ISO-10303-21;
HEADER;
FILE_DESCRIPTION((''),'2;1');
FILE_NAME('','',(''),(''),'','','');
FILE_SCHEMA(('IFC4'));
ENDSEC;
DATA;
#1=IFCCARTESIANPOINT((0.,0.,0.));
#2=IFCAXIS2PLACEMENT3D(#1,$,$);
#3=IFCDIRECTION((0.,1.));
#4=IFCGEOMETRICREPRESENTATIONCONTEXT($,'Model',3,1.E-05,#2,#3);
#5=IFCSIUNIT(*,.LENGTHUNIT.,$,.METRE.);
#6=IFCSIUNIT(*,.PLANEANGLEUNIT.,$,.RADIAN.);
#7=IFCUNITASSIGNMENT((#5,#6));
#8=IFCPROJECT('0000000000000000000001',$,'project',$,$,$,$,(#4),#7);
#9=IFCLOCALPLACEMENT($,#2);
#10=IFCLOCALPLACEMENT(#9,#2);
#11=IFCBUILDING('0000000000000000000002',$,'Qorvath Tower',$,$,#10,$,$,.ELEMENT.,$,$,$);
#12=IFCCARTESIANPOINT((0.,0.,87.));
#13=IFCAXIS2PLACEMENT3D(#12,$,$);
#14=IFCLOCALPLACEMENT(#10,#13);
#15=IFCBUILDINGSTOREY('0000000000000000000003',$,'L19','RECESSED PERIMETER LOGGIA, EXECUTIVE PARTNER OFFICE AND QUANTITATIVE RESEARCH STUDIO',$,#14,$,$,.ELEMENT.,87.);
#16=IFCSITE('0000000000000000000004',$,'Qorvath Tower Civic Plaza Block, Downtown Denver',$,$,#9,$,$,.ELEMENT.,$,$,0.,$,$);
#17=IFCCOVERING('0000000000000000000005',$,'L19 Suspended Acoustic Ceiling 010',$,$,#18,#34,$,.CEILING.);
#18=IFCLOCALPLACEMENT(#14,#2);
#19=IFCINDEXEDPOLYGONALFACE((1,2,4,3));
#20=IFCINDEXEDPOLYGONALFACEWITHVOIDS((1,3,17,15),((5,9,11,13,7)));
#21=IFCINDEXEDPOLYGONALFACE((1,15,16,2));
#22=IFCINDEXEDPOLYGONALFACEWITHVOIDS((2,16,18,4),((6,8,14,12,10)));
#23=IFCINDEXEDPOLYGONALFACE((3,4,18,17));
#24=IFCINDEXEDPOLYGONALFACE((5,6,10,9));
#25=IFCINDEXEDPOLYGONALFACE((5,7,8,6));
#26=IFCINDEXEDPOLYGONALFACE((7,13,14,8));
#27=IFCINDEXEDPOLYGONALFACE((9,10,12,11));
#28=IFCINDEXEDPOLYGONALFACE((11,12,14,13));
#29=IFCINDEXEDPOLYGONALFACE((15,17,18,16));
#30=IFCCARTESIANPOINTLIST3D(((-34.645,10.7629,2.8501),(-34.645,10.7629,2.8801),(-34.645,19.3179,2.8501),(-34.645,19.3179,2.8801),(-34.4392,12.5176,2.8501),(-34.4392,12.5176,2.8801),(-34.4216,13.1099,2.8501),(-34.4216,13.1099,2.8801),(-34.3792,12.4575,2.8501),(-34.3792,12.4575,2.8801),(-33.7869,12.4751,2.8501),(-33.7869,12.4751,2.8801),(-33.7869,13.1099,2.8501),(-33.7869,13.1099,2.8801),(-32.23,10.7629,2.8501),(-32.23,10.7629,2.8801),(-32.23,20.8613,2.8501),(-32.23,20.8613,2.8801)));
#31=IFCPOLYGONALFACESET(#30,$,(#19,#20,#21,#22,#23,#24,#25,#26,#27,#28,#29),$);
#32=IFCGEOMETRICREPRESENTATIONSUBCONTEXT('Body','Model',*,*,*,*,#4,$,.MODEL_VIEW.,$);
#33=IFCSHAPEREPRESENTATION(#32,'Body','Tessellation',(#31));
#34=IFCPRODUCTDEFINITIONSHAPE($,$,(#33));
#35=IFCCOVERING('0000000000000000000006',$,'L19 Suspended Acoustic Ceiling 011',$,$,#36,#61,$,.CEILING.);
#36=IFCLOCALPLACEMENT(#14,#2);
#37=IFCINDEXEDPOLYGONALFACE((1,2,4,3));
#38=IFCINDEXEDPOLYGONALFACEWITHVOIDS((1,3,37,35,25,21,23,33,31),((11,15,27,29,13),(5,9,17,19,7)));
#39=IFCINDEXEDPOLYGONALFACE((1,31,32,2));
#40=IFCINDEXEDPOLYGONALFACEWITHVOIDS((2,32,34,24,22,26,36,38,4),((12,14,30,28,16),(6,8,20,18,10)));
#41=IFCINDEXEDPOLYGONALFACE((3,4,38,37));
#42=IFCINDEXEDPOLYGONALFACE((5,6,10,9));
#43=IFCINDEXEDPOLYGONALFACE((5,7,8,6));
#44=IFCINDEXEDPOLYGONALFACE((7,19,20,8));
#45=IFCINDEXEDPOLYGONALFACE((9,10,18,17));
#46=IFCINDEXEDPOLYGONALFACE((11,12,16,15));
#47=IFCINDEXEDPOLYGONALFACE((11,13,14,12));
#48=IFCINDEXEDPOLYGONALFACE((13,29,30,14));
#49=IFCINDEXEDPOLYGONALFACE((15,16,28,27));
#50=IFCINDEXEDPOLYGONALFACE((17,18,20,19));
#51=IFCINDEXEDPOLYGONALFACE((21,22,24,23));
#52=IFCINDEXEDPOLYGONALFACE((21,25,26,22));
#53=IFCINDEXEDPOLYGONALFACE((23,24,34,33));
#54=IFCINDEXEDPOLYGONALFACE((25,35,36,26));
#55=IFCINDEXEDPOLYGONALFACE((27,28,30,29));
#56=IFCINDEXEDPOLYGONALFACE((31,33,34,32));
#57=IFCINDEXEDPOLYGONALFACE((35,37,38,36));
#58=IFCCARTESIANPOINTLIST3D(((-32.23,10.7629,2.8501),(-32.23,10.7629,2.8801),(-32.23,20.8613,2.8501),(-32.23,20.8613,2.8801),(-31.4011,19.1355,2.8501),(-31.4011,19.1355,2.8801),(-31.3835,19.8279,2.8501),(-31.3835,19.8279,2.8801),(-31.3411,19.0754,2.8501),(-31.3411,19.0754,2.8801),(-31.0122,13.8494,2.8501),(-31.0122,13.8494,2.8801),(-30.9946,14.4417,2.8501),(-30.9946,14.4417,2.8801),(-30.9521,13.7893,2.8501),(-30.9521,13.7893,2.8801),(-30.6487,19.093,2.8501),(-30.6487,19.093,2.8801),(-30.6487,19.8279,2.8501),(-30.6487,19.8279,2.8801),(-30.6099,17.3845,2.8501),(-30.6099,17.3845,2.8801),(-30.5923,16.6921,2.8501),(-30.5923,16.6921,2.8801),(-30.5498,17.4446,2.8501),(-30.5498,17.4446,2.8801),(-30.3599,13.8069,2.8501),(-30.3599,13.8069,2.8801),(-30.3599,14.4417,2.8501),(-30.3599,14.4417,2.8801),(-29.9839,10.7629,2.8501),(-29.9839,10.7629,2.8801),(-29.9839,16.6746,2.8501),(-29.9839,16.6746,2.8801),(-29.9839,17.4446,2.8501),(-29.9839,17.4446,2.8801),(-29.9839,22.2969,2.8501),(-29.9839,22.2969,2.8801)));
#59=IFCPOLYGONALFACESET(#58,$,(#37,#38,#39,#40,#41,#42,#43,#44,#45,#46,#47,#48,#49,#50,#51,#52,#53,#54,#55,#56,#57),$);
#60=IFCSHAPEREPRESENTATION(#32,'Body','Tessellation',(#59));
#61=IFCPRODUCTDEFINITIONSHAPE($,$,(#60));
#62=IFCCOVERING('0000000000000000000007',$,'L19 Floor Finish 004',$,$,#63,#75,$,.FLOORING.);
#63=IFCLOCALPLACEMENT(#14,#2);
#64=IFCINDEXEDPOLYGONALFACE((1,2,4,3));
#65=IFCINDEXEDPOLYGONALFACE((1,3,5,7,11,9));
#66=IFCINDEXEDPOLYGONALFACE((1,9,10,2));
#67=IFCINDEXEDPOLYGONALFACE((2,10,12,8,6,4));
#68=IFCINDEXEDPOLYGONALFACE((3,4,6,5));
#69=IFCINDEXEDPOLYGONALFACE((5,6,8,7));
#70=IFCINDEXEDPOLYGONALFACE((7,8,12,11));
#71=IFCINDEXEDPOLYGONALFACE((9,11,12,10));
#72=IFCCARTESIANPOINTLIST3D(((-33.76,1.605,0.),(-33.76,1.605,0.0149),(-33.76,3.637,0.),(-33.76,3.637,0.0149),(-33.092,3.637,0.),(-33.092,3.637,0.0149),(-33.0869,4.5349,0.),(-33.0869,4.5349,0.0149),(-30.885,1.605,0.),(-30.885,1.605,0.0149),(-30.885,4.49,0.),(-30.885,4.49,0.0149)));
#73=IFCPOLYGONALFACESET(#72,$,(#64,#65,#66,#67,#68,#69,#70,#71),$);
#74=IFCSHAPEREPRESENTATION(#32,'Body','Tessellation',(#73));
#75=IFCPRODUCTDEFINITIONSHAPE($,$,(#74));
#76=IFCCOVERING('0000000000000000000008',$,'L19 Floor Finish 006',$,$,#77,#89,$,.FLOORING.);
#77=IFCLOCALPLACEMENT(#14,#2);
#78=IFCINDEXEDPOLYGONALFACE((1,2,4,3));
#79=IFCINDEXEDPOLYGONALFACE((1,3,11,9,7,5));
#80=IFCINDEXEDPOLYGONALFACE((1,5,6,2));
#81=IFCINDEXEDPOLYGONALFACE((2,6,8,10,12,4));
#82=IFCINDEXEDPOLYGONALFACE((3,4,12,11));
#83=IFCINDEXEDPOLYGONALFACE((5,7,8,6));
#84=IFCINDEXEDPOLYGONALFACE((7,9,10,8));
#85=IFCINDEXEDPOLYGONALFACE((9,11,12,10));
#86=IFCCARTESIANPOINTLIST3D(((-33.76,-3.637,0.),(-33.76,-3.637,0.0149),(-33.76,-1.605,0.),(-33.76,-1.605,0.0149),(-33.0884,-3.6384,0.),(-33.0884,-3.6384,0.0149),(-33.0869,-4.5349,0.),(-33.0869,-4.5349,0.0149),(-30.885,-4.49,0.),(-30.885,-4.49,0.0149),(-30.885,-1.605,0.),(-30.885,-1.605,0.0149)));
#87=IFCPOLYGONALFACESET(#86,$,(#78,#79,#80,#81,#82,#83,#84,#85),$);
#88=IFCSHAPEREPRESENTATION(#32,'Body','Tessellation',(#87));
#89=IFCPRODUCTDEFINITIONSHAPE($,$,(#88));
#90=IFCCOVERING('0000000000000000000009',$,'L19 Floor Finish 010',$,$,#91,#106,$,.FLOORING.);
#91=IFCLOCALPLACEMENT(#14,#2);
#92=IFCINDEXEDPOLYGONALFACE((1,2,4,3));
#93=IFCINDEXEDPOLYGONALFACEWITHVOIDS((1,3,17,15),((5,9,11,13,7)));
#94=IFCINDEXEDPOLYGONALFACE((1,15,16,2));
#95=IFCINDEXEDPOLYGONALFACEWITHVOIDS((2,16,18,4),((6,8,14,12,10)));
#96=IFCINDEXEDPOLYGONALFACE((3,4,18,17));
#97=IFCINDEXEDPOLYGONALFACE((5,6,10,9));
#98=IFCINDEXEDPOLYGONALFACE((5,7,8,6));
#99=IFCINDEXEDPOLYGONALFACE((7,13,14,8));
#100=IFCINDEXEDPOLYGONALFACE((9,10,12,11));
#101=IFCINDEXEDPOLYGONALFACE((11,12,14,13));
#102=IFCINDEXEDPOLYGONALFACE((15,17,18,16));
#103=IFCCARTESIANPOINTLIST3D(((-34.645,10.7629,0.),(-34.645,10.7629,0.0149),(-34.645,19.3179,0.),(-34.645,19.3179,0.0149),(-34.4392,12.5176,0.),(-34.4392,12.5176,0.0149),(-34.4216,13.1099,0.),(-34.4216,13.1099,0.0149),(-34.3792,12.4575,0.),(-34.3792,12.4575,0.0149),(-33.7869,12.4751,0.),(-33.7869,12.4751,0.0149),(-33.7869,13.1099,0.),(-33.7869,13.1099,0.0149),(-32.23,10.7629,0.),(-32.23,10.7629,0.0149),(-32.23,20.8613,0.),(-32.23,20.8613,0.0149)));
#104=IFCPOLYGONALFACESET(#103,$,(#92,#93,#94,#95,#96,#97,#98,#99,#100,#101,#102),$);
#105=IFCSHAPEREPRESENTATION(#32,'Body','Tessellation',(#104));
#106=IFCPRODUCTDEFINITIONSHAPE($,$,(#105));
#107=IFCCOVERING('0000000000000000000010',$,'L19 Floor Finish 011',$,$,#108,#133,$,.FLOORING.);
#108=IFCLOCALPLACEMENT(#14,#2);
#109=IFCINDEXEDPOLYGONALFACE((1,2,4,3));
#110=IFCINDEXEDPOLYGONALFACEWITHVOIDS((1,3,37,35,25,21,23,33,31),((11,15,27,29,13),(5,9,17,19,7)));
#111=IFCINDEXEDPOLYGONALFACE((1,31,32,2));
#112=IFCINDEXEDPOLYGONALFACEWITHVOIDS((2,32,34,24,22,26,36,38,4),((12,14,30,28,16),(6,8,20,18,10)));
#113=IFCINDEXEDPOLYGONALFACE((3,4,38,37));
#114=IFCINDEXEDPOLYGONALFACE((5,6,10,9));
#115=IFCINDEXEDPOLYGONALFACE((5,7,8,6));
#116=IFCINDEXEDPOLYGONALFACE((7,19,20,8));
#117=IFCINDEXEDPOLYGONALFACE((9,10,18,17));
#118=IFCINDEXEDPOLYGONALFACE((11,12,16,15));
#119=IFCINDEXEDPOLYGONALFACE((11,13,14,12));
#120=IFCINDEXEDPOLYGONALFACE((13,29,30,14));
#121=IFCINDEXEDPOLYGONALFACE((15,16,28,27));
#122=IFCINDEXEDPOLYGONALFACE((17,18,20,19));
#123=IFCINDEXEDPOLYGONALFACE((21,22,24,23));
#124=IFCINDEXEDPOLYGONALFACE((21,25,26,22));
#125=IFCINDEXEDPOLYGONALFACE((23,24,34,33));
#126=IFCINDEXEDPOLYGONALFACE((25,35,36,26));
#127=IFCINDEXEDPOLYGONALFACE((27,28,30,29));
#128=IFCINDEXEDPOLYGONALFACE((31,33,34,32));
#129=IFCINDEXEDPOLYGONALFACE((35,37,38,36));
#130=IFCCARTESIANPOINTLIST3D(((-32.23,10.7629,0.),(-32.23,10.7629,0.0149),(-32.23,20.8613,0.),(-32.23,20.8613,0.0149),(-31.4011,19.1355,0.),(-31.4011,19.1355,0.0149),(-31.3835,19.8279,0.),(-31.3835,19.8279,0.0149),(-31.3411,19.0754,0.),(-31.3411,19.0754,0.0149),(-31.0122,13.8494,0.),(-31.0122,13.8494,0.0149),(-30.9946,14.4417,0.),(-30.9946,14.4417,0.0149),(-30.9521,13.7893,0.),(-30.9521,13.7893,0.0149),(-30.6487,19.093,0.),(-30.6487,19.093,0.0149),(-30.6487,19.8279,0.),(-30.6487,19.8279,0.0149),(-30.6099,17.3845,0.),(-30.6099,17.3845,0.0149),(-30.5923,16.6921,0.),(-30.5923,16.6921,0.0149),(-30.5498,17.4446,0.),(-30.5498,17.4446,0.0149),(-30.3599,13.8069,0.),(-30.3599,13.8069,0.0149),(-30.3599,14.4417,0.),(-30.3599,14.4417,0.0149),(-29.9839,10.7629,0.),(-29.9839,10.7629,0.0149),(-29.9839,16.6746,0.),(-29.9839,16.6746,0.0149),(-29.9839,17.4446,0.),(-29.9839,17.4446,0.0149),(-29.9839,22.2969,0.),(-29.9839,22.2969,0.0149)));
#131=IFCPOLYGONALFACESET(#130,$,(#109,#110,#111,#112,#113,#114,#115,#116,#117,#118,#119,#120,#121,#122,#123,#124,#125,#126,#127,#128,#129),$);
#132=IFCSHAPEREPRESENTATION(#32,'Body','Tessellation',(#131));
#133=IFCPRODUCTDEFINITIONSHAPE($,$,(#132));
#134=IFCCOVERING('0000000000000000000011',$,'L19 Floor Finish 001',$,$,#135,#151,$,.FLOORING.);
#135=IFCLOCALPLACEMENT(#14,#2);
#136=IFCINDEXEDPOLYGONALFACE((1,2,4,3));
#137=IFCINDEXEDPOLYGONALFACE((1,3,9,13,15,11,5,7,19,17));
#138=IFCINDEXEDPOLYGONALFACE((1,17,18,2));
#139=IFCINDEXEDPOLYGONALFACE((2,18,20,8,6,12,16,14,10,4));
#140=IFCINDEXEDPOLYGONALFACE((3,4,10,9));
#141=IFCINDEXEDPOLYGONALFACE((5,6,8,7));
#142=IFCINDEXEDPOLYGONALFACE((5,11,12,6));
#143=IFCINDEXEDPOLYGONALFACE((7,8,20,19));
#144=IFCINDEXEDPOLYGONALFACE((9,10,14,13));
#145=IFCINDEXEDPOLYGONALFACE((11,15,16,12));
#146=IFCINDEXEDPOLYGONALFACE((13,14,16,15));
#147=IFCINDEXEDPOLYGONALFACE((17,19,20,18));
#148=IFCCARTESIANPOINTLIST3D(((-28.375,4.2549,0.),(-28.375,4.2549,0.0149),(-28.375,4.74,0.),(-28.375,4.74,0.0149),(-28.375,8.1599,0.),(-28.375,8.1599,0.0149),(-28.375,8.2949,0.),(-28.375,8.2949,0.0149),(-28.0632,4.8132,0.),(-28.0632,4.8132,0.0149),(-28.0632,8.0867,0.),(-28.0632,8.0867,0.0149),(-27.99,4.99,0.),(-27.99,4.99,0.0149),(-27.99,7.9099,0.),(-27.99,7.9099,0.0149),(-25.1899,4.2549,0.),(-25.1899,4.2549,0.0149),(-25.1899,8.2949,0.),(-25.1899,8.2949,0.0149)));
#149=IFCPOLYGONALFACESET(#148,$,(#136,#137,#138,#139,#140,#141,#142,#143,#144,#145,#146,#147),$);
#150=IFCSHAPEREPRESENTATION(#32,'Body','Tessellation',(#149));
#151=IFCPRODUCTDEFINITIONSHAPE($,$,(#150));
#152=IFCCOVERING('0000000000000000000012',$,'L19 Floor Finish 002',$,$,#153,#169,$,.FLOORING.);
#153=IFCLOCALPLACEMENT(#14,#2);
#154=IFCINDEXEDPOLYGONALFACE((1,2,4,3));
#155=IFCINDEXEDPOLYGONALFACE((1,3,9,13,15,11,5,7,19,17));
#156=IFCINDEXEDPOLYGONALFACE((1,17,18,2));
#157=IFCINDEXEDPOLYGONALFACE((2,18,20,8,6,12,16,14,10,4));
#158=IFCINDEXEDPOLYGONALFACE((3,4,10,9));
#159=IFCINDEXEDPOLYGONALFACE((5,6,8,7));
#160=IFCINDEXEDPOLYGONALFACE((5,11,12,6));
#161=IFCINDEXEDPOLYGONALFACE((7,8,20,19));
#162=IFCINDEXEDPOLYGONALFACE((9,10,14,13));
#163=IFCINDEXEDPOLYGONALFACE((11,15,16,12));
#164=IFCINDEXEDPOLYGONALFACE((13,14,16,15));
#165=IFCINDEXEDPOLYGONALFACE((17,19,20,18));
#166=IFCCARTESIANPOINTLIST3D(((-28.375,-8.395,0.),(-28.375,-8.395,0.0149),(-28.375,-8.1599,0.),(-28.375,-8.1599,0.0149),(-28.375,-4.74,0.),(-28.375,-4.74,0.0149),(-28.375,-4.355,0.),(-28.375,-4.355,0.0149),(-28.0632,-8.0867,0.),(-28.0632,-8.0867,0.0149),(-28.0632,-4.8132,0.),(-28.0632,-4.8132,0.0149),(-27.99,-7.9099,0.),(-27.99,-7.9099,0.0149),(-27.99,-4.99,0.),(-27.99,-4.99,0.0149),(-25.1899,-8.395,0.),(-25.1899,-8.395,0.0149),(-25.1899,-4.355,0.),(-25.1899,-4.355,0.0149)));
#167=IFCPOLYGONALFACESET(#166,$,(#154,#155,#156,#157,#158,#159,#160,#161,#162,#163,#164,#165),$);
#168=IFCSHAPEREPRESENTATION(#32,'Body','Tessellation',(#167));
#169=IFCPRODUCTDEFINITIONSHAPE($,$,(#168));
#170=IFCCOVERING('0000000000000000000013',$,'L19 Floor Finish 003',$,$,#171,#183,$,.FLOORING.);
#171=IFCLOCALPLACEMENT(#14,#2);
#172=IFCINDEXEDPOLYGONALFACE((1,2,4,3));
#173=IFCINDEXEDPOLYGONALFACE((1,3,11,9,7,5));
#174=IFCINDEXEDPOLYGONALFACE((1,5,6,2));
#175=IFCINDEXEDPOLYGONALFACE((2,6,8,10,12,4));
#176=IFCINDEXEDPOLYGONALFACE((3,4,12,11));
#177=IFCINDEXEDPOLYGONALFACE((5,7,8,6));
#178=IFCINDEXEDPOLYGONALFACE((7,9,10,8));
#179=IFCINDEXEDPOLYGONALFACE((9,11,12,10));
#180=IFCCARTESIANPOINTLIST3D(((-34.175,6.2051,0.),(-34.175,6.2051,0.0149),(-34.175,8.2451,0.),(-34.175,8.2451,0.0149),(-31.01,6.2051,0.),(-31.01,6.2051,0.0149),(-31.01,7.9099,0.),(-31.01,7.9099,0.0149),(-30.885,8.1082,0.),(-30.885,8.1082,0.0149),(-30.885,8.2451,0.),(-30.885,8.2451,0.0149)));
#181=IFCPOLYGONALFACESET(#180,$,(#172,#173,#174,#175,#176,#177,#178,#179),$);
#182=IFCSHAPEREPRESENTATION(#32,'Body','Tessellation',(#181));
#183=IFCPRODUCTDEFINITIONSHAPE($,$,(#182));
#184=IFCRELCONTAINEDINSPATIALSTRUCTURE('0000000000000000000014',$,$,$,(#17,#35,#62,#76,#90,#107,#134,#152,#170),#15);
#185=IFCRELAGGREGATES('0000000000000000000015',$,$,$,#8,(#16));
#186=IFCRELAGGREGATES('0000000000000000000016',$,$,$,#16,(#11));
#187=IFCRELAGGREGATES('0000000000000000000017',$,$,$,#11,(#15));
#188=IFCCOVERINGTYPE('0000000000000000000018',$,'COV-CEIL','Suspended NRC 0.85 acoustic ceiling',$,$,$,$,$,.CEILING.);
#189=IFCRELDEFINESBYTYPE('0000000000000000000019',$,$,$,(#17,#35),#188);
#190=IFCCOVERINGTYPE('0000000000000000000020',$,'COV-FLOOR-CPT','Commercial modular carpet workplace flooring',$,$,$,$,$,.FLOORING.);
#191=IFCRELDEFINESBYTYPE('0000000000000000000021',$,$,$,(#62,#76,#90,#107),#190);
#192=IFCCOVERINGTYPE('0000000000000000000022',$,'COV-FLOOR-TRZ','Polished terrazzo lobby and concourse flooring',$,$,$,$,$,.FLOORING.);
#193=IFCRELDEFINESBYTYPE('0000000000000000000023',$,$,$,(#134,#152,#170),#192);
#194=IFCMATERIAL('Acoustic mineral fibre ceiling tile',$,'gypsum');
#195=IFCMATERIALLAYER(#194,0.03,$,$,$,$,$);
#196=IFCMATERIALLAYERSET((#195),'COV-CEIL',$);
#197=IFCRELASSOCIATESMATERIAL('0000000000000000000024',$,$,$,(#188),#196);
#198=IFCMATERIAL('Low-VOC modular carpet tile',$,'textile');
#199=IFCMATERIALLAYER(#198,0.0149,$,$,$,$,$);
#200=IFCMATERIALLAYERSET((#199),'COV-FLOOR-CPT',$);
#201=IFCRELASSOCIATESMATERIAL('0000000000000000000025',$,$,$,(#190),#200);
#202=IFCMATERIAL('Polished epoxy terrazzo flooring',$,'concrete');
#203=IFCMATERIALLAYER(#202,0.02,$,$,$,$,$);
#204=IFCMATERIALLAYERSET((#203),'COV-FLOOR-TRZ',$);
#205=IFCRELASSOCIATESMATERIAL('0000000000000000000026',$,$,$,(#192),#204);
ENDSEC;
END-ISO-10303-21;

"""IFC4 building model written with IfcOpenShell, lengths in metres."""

from ifc_helpers import new_model, si_unit, direction, frame, origin, place, context, subcontext, project, spatial, polyline, outline, extrude, material, layer, layer_set, type_object, element, save


model = new_model("IFC4")

# Units and contexts
model_context = context("Model", 3, precision=1e-05, world=origin(), true_north=direction((0.0, 1.0)))
body_context = subcontext(model_context, "Body", "Model", "MODEL_VIEW")
ifc_project = project(units=[si_unit("LENGTHUNIT", "METRE"), si_unit("PLANEANGLEUNIT", "RADIAN")], contexts=[model_context])

# Site, building, storey
site_placement = place(None, origin())
site = spatial("IfcSite", under=ifc_project, at=site_placement, Name="Qorvath Tower Civic Plaza Block, Downtown Denver", CompositionType="ELEMENT", RefElevation=0.0)
building_placement = place(site_placement, origin())
building = spatial("IfcBuilding", under=site, at=building_placement, Name="Qorvath Tower", CompositionType="ELEMENT")
storey_placement = place(building_placement, frame((0.0, 0.0, 87.0)))
storey = spatial("IfcBuildingStorey", under=building, at=storey_placement, Name="L19", Description="RECESSED PERIMETER LOGGIA, EXECUTIVE PARTNER OFFICE AND QUANTITATIVE RESEARCH STUDIO", CompositionType="ELEMENT", Elevation=87.0)

# Coverings
ifc_material_1 = material(Name="Acoustic mineral fibre ceiling tile", Category="gypsum")
ifc_layer_1 = layer(ifc_material_1, 0.03)
ifc_layer_set_1 = layer_set([ifc_layer_1], Name="COV-CEIL")
covering_type_1 = type_object("IfcCoveringType", Name="COV-CEIL", Description="Suspended NRC 0.85 acoustic ceiling", PredefinedType="CEILING", material=ifc_layer_set_1)
covering_1_placement = place(storey_placement, frame((0.0, 0.0, 2.8501)))
element("IfcCovering", 1, at=covering_1_placement, inside=storey, type_object=covering_type_1, Name="L19 Suspended Acoustic Ceiling 010", PredefinedType="CEILING", context=body_context, shape_type="SweptSolid", body=[
    extrude(outline(polyline([(-32.23, 10.7629), (-32.23, 20.8613), (-34.645, 19.3179), (-34.645, 10.7629), (-32.23, 10.7629)]), holes=[polyline([(-34.4392, 12.5176), (-34.4216, 13.1099), (-33.7869, 13.1099), (-33.7869, 12.4751), (-34.3792, 12.4575), (-34.4392, 12.5176)])]), origin(), (0.0, 0.0, 1.0), 0.03),
])
covering_2_placement = place(storey_placement, frame((0.0, 0.0, 2.8501)))
element("IfcCovering", 2, at=covering_2_placement, inside=storey, type_object=covering_type_1, Name="L19 Suspended Acoustic Ceiling 011", PredefinedType="CEILING", context=body_context, shape_type="SweptSolid", body=[
    extrude(outline(polyline([(-29.9839, 17.4446), (-29.9839, 22.2969), (-32.23, 20.8613), (-32.23, 10.7629), (-29.9839, 10.7629), (-29.9839, 16.6746), (-30.5923, 16.6921), (-30.6099, 17.3845), (-30.5498, 17.4446), (-29.9839, 17.4446)]), holes=[polyline([(-31.0122, 13.8494), (-30.9946, 14.4417), (-30.3599, 14.4417), (-30.3599, 13.8069), (-30.9521, 13.7893), (-31.0122, 13.8494)]), polyline([(-31.4011, 19.1355), (-31.3835, 19.8279), (-30.6487, 19.8279), (-30.6487, 19.093), (-31.3411, 19.0754), (-31.4011, 19.1355)])]), origin(), (0.0, 0.0, 1.0), 0.03),
])
ifc_material_2 = material(Name="Low-VOC modular carpet tile", Category="textile")
ifc_layer_2 = layer(ifc_material_2, 0.0149)
ifc_layer_set_2 = layer_set([ifc_layer_2], Name="COV-FLOOR-CPT")
covering_type_2 = type_object("IfcCoveringType", Name="COV-FLOOR-CPT", Description="Commercial modular carpet workplace flooring", PredefinedType="FLOORING", material=ifc_layer_set_2)
covering_3_placement = place(storey_placement, origin())
element("IfcCovering", 3, at=covering_3_placement, inside=storey, type_object=covering_type_2, Name="L19 Floor Finish 004", PredefinedType="FLOORING", context=body_context, shape_type="SweptSolid", body=[
    extrude(outline(polyline([(-33.76, 3.637), (-33.76, 1.605), (-30.885, 1.605), (-30.885, 4.49), (-33.0869, 4.5349), (-33.092, 3.637), (-33.76, 3.637)])), origin(), (0.0, 0.0, 1.0), 0.0149),
])
covering_4_placement = place(storey_placement, origin())
element("IfcCovering", 4, at=covering_4_placement, inside=storey, type_object=covering_type_2, Name="L19 Floor Finish 006", PredefinedType="FLOORING", context=body_context, shape_type="SweptSolid", body=[
    extrude(outline(polyline([(-30.885, -1.605), (-33.76, -1.605), (-33.76, -3.637), (-33.0884, -3.6384), (-33.0869, -4.5349), (-30.885, -4.49), (-30.885, -1.605)])), origin(), (0.0, 0.0, 1.0), 0.0149),
])
covering_5_placement = place(storey_placement, origin())
element("IfcCovering", 5, at=covering_5_placement, inside=storey, type_object=covering_type_2, Name="L19 Floor Finish 010", PredefinedType="FLOORING", context=body_context, shape_type="SweptSolid", body=[
    extrude(outline(polyline([(-32.23, 10.7629), (-32.23, 20.8613), (-34.645, 19.3179), (-34.645, 10.7629), (-32.23, 10.7629)]), holes=[polyline([(-34.4392, 12.5176), (-34.4216, 13.1099), (-33.7869, 13.1099), (-33.7869, 12.4751), (-34.3792, 12.4575), (-34.4392, 12.5176)])]), origin(), (0.0, 0.0, 1.0), 0.0149),
])
covering_6_placement = place(storey_placement, origin())
element("IfcCovering", 6, at=covering_6_placement, inside=storey, type_object=covering_type_2, Name="L19 Floor Finish 011", PredefinedType="FLOORING", context=body_context, shape_type="SweptSolid", body=[
    extrude(outline(polyline([(-29.9839, 17.4446), (-29.9839, 22.2969), (-32.23, 20.8613), (-32.23, 10.7629), (-29.9839, 10.7629), (-29.9839, 16.6746), (-30.5923, 16.6921), (-30.6099, 17.3845), (-30.5498, 17.4446), (-29.9839, 17.4446)]), holes=[polyline([(-31.0122, 13.8494), (-30.9946, 14.4417), (-30.3599, 14.4417), (-30.3599, 13.8069), (-30.9521, 13.7893), (-31.0122, 13.8494)]), polyline([(-31.4011, 19.1355), (-31.3835, 19.8279), (-30.6487, 19.8279), (-30.6487, 19.093), (-31.3411, 19.0754), (-31.4011, 19.1355)])]), origin(), (0.0, 0.0, 1.0), 0.0149),
])
ifc_material_3 = material(Name="Polished epoxy terrazzo flooring", Category="concrete")
ifc_layer_3 = layer(ifc_material_3, 0.02)
ifc_layer_set_3 = layer_set([ifc_layer_3], Name="COV-FLOOR-TRZ")
covering_type_3 = type_object("IfcCoveringType", Name="COV-FLOOR-TRZ", Description="Polished terrazzo lobby and concourse flooring", PredefinedType="FLOORING", material=ifc_layer_set_3)
covering_7_placement = place(storey_placement, origin())
element("IfcCovering", 7, at=covering_7_placement, inside=storey, type_object=covering_type_3, Name="L19 Floor Finish 001", PredefinedType="FLOORING", context=body_context, shape_type="SweptSolid", body=[
    extrude(outline(polyline([(-25.1899, 4.2549), (-25.1899, 8.2949), (-28.375, 8.2949), (-28.375, 8.1599), (-28.0632, 8.0867), (-27.99, 7.9099), (-27.99, 4.99), (-28.0632, 4.8132), (-28.375, 4.74), (-28.375, 4.2549), (-25.1899, 4.2549)])), origin(), (0.0, 0.0, 1.0), 0.0149),
])
covering_8_placement = place(storey_placement, origin())
element("IfcCovering", 8, at=covering_8_placement, inside=storey, type_object=covering_type_3, Name="L19 Floor Finish 002", PredefinedType="FLOORING", context=body_context, shape_type="SweptSolid", body=[
    extrude(outline(polyline([(-25.1899, -8.395), (-25.1899, -4.355), (-28.375, -4.355), (-28.375, -4.74), (-28.0632, -4.8132), (-27.99, -4.99), (-27.99, -7.9099), (-28.0632, -8.0867), (-28.375, -8.1599), (-28.375, -8.395), (-25.1899, -8.395)])), origin(), (0.0, 0.0, 1.0), 0.0149),
])
covering_9_placement = place(storey_placement, origin())
element("IfcCovering", 9, at=covering_9_placement, inside=storey, type_object=covering_type_3, Name="L19 Floor Finish 003", PredefinedType="FLOORING", context=body_context, shape_type="SweptSolid", body=[
    extrude(outline(polyline([(-31.01, 6.2051), (-31.01, 7.9099), (-30.885, 8.1082), (-30.885, 8.2451), (-34.175, 8.2451), (-34.175, 6.2051), (-31.01, 6.2051)])), origin(), (0.0, 0.0, 1.0), 0.0149),
])

save(model, "model.ifc")
